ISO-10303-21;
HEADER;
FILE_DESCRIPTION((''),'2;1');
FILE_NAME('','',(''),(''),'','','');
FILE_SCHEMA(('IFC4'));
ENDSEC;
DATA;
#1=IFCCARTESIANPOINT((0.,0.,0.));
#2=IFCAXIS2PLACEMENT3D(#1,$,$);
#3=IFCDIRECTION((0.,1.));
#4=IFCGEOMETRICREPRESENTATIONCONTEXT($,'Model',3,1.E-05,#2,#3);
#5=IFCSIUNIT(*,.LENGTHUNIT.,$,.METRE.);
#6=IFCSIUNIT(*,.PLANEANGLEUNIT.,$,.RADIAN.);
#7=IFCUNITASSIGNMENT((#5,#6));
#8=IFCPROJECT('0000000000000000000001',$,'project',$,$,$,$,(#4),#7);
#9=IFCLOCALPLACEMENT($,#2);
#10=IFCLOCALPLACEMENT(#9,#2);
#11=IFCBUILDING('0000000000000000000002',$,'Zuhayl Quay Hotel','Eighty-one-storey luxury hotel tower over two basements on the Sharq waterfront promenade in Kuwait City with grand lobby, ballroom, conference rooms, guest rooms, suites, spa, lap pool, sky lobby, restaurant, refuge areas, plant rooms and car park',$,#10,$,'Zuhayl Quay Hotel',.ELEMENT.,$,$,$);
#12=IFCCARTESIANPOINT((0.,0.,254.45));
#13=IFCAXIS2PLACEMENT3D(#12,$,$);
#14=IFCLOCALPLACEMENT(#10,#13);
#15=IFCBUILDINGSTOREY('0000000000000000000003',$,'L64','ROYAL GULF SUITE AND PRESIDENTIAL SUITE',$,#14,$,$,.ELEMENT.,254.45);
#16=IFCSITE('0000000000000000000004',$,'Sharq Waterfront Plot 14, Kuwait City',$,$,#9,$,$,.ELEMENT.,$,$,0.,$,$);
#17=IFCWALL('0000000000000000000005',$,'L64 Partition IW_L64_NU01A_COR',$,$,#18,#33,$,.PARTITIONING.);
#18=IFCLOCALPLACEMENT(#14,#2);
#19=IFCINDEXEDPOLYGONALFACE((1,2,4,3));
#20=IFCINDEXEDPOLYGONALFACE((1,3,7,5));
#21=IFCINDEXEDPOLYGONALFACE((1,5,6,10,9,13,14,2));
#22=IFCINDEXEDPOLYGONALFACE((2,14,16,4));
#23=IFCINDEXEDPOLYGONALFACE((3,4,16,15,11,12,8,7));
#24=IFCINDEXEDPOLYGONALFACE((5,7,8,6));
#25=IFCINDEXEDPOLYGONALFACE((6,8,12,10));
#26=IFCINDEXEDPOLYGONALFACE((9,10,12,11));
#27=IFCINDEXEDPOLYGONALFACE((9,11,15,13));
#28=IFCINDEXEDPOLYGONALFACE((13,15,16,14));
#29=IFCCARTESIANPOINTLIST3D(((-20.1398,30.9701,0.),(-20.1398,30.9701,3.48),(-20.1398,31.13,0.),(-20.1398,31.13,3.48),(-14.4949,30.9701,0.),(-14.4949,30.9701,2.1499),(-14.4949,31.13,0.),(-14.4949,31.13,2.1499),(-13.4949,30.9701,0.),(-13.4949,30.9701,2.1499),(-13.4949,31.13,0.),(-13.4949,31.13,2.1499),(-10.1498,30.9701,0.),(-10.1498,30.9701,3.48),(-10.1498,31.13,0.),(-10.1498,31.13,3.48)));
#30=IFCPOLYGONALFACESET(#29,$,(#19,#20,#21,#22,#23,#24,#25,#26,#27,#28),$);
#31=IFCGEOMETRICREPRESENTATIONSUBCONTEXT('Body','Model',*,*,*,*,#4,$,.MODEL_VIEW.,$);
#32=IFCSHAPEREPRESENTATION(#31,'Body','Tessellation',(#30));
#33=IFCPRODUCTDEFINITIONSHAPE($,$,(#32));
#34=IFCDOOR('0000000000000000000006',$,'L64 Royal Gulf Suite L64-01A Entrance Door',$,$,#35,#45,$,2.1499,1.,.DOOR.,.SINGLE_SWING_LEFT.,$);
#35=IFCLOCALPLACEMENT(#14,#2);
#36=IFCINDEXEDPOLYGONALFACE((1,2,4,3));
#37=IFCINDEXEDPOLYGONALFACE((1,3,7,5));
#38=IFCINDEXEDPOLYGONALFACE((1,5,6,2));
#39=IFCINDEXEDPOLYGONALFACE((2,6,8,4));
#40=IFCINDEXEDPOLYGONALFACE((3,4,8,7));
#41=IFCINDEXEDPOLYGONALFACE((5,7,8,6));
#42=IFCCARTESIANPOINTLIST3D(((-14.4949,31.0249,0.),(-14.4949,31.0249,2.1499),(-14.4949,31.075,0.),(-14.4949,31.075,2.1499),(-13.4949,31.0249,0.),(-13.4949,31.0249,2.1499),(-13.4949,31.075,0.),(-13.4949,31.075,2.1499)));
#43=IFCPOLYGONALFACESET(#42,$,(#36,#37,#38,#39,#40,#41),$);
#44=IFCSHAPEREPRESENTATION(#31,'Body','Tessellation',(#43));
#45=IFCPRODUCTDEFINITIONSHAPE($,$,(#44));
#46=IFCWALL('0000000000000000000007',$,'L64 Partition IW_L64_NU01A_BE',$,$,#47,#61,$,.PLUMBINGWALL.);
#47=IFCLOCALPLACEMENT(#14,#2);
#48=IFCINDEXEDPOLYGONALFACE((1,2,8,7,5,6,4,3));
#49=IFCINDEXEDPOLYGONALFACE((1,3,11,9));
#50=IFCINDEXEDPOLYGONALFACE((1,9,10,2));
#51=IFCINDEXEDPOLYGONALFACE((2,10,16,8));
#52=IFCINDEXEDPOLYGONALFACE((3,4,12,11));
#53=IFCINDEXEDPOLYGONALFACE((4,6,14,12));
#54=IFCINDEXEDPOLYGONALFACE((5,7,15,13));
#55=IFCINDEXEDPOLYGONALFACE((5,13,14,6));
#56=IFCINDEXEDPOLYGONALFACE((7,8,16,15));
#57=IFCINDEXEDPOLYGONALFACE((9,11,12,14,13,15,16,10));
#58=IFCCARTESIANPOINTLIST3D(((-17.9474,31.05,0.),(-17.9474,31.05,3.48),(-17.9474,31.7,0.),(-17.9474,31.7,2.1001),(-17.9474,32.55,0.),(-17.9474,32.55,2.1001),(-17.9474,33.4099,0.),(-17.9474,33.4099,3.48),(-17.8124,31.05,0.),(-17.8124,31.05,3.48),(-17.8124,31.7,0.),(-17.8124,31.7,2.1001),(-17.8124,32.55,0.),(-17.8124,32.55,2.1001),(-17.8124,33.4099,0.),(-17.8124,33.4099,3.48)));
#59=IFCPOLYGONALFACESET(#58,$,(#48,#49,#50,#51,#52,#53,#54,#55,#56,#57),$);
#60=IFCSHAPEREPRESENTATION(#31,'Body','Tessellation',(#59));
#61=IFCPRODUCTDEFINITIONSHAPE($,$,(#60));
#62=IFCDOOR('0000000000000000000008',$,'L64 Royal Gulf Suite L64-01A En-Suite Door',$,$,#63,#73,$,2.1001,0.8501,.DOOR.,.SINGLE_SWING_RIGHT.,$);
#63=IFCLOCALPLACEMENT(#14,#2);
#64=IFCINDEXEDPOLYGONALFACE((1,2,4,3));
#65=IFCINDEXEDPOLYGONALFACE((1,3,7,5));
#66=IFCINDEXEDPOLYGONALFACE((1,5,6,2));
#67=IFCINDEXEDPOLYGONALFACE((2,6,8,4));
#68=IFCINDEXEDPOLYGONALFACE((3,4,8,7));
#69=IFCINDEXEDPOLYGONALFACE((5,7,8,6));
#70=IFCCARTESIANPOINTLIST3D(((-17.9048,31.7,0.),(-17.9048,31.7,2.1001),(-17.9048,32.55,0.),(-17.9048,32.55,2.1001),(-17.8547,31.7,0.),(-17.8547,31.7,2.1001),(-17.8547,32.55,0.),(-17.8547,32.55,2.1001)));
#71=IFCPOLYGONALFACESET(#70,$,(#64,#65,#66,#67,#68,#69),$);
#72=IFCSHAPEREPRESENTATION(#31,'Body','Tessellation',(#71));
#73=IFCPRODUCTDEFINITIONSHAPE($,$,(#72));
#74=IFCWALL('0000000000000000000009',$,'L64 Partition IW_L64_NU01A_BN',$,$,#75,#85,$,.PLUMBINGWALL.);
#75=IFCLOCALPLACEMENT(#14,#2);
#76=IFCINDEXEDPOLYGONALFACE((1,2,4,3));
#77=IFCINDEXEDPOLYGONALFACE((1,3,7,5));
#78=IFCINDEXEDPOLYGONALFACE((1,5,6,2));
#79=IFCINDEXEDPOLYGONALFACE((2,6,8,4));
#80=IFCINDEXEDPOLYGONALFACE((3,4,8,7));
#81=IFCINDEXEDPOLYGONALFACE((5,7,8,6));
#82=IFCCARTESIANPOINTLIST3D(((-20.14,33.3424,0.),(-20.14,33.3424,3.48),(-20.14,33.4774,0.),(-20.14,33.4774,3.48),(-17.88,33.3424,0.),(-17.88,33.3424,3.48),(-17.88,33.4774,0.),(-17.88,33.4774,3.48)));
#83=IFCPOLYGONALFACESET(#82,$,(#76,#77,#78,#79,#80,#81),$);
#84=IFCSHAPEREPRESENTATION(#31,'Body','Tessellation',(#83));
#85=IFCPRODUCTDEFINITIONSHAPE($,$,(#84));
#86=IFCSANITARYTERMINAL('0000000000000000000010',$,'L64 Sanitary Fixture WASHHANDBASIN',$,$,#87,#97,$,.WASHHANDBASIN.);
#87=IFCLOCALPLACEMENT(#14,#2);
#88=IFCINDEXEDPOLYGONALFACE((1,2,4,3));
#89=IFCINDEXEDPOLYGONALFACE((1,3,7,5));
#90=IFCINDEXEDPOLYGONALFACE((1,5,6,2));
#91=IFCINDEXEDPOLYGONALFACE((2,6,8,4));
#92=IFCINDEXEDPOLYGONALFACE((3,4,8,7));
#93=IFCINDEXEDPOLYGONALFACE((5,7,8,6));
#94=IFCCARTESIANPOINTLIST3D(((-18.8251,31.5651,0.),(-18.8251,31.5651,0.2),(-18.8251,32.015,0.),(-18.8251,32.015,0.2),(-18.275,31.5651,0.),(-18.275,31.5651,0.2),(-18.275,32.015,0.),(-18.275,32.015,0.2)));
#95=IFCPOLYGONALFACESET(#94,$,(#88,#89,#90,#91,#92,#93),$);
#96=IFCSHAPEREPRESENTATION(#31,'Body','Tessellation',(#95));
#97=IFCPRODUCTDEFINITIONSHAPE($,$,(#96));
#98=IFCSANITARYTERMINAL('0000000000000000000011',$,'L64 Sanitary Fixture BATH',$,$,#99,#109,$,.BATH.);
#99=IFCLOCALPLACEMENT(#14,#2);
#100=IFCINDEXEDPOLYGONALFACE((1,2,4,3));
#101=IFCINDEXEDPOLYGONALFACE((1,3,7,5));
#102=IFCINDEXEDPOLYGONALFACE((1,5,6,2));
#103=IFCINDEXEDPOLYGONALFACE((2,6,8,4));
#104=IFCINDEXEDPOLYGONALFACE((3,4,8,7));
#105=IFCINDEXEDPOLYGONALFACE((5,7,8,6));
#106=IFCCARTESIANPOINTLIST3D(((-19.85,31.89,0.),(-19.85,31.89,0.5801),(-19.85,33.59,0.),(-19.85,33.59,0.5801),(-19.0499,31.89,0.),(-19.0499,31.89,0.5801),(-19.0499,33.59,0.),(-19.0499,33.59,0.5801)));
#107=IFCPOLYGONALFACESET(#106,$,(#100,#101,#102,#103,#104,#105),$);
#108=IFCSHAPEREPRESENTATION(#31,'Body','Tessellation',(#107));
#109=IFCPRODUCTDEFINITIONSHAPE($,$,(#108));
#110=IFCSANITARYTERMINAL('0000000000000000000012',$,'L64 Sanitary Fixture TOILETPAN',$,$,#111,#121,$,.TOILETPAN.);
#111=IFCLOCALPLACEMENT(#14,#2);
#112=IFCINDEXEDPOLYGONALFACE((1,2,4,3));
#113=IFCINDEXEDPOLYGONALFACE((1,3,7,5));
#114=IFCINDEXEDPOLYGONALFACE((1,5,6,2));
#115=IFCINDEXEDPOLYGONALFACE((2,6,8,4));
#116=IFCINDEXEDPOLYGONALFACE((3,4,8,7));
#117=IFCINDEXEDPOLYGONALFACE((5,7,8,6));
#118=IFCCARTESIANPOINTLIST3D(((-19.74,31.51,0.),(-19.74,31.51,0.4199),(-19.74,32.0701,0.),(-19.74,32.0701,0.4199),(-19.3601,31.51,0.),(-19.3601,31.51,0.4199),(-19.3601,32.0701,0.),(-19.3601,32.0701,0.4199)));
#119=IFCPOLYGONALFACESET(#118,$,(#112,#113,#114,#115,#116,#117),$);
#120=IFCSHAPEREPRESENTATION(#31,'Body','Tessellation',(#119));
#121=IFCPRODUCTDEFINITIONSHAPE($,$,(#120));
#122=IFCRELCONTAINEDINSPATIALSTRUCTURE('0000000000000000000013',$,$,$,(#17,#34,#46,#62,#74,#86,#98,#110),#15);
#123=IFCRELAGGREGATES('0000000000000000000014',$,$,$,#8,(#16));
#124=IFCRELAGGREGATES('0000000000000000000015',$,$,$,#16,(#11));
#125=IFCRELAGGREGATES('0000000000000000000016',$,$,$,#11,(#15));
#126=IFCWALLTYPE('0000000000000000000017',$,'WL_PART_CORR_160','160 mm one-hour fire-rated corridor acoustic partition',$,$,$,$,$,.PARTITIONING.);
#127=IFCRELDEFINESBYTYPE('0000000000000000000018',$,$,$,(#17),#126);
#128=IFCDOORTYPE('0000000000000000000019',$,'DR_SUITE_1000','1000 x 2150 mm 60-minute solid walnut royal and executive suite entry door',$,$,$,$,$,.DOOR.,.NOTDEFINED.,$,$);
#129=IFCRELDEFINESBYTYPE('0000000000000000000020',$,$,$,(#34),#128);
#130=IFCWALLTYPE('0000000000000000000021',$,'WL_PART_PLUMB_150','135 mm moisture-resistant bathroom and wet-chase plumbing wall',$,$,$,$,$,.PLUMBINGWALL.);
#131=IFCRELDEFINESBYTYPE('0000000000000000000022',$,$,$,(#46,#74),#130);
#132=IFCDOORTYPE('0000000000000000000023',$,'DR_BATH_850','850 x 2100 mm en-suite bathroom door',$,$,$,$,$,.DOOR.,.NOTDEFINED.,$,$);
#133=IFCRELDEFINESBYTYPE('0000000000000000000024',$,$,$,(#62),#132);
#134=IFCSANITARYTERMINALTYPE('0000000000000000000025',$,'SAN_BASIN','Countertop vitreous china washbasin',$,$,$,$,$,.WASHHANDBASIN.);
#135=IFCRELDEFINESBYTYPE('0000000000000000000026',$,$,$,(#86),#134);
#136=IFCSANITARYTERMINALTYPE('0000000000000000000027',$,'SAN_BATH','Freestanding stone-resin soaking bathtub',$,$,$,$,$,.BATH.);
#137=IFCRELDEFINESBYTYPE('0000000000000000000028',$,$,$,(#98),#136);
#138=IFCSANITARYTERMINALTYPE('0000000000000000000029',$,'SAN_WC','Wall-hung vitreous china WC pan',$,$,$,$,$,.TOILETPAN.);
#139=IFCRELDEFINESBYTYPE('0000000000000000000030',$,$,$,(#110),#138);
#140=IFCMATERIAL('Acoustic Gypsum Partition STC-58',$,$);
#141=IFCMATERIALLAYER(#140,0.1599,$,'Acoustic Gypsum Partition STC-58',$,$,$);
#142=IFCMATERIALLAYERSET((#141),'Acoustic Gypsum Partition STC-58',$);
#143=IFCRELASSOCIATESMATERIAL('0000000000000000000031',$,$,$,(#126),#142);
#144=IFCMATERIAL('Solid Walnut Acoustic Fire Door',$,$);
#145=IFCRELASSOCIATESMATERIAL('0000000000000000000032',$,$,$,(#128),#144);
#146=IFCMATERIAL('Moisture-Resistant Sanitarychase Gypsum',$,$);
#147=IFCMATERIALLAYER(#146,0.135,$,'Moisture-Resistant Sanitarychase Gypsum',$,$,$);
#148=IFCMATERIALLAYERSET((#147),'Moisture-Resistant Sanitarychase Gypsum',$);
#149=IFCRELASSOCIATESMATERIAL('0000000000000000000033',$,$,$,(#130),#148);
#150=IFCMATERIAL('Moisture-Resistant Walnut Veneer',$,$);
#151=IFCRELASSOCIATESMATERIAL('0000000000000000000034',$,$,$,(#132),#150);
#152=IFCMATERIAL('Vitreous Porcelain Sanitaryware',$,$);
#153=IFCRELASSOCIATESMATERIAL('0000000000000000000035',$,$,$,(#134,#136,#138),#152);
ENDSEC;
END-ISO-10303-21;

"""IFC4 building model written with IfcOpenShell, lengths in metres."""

from ifc_helpers import new_model, si_unit, direction, frame, frame_2d, origin, origin_2d, place, context, subcontext, project, spatial, rectangle, extrude, material, layer, layer_set, type_object, element, fill, save


model = new_model("IFC4")

# Units and contexts
model_context = context("Model", 3, precision=1e-05, world=origin(), true_north=direction((0.0, 1.0)))
body_context = subcontext(model_context, "Body", "Model", "MODEL_VIEW")
ifc_project = project(units=[si_unit("LENGTHUNIT", "METRE"), si_unit("PLANEANGLEUNIT", "RADIAN")], contexts=[model_context])

# Site, building, storey
site_placement = place(None, origin())
site = spatial("IfcSite", under=ifc_project, at=site_placement, Name="Sharq Waterfront Plot 14, Kuwait City", CompositionType="ELEMENT", RefElevation=0.0)
building_placement = place(site_placement, origin())
building = spatial("IfcBuilding", under=site, at=building_placement, Name="Zuhayl Quay Hotel", Description="Eighty-one-storey luxury hotel tower over two basements on the Sharq waterfront promenade in Kuwait City with grand lobby, ballroom, conference rooms, guest rooms, suites, spa, lap pool, sky lobby, restaurant, refuge areas, plant rooms and car park", LongName="Zuhayl Quay Hotel", CompositionType="ELEMENT")
storey_placement = place(building_placement, frame((0.0, 0.0, 254.45)))
storey = spatial("IfcBuildingStorey", under=building, at=storey_placement, Name="L64", Description="ROYAL GULF SUITE AND PRESIDENTIAL SUITE", CompositionType="ELEMENT", Elevation=254.45)

# Walls, openings, doors
ifc_material_1 = material(Name="Acoustic Gypsum Partition STC-58")
ifc_layer_1 = layer(ifc_material_1, 0.1599, Name="Acoustic Gypsum Partition STC-58")
ifc_layer_set_1 = layer_set([ifc_layer_1], Name="Acoustic Gypsum Partition STC-58")
wall_type_1 = type_object("IfcWallType", Name="WL_PART_CORR_160", Description="160 mm one-hour fire-rated corridor acoustic partition", PredefinedType="PARTITIONING", material=ifc_layer_set_1)
wall_1_placement = place(storey_placement, frame((-20.1399, 31.05, 0.0), z_axis=(0.0, 0.0, 1.0), x_axis=(1.0, 0.0, 0.0)))
wall_1 = element("IfcWall", 1, at=wall_1_placement, inside=storey, type_object=wall_type_1, Name="L64 Partition IW_L64_NU01A_COR", PredefinedType="PARTITIONING", context=body_context, shape_type="SweptSolid", body=[
    extrude(rectangle(XDim=9.99, YDim=0.1599, at=frame_2d((4.9951, 0.0))), origin(), (0.0, 0.0, 1.0), 3.48),
])
opening_1_placement = place(wall_1_placement, frame((5.645, 0.0, 0.0)))
opening_1 = element("IfcOpeningElement", 2, at=opening_1_placement, cuts=wall_1, PredefinedType="OPENING", context=body_context, shape_type="SweptSolid", body=[
    extrude(rectangle(XDim=1.0, YDim=2.1499, at=frame_2d((0.5, 1.075))), frame((0.0, 0.0898, 0.0), z_axis=(0.0, -1.0, 0.0), x_axis=(1.0, 0.0, 0.0)), (0.0, 0.0, 1.0), 0.1799),
])
ifc_material_2 = material(Name="Solid Walnut Acoustic Fire Door")
door_type_1 = type_object("IfcDoorType", Name="DR_SUITE_1000", Description="1000 x 2150 mm 60-minute solid walnut royal and executive suite entry door", OperationType="NOTDEFINED", PredefinedType="DOOR", material=ifc_material_2)
door_1_placement = place(opening_1_placement, origin())
door_1 = element("IfcDoor", 3, at=door_1_placement, inside=storey, type_object=door_type_1, Name="L64 Royal Gulf Suite L64-01A Entrance Door", OperationType="SINGLE_SWING_LEFT", OverallHeight=2.1499, OverallWidth=1.0, PredefinedType="DOOR", context=body_context, shape_type="SweptSolid", body=[
    extrude(rectangle(XDim=1.0, YDim=2.1499, at=frame_2d((0.5, 1.075))), frame((0.0, 0.0249, 0.0), z_axis=(0.0, -1.0, 0.0), x_axis=(1.0, 0.0, 0.0)), (0.0, 0.0, 1.0), 0.05),
])
fill(opening_1, door_1)
ifc_material_3 = material(Name="Moisture-Resistant Sanitarychase Gypsum")
ifc_layer_2 = layer(ifc_material_3, 0.135, Name="Moisture-Resistant Sanitarychase Gypsum")
ifc_layer_set_2 = layer_set([ifc_layer_2], Name="Moisture-Resistant Sanitarychase Gypsum")
wall_type_2 = type_object("IfcWallType", Name="WL_PART_PLUMB_150", Description="135 mm moisture-resistant bathroom and wet-chase plumbing wall", PredefinedType="PLUMBINGWALL", material=ifc_layer_set_2)
wall_2_placement = place(storey_placement, frame((-17.8799, 31.05, 0.0), z_axis=(0.0, 0.0, 1.0), x_axis=(0.0, 1.0, 0.0)))
wall_2 = element("IfcWall", 4, at=wall_2_placement, inside=storey, type_object=wall_type_2, Name="L64 Partition IW_L64_NU01A_BE", PredefinedType="PLUMBINGWALL", context=body_context, shape_type="SweptSolid", body=[
    extrude(rectangle(XDim=2.3599, YDim=0.135, at=frame_2d((1.1799, 0.0))), origin(), (0.0, 0.0, 1.0), 3.48),
])
opening_2_placement = place(wall_2_placement, frame((0.6499, 0.0, 0.0)))
opening_2 = element("IfcOpeningElement", 5, at=opening_2_placement, cuts=wall_2, PredefinedType="OPENING", context=body_context, shape_type="SweptSolid", body=[
    extrude(rectangle(XDim=0.8501, YDim=2.1001, at=frame_2d((0.425, 1.05))), frame((0.0, 0.0774, 0.0), z_axis=(0.0, -1.0, 0.0), x_axis=(1.0, 0.0, 0.0)), (0.0, 0.0, 1.0), 0.155),
])
ifc_material_4 = material(Name="Moisture-Resistant Walnut Veneer")
door_type_2 = type_object("IfcDoorType", Name="DR_BATH_850", Description="850 x 2100 mm en-suite bathroom door", OperationType="NOTDEFINED", PredefinedType="DOOR", material=ifc_material_4)
door_2_placement = place(opening_2_placement, origin())
door_2 = element("IfcDoor", 6, at=door_2_placement, inside=storey, type_object=door_type_2, Name="L64 Royal Gulf Suite L64-01A En-Suite Door", OperationType="SINGLE_SWING_RIGHT", OverallHeight=2.1001, OverallWidth=0.8501, PredefinedType="DOOR", context=body_context, shape_type="SweptSolid", body=[
    extrude(rectangle(XDim=0.8501, YDim=2.1001, at=frame_2d((0.425, 1.05))), frame((0.0, 0.0249, 0.0), z_axis=(0.0, -1.0, 0.0), x_axis=(1.0, 0.0, 0.0)), (0.0, 0.0, 1.0), 0.05),
])
fill(opening_2, door_2)

# Wall
wall_3_placement = place(storey_placement, frame((-20.1399, 33.4099, 0.0), z_axis=(0.0, 0.0, 1.0), x_axis=(1.0, 0.0, 0.0)))
element("IfcWall", 7, at=wall_3_placement, inside=storey, type_object=wall_type_2, Name="L64 Partition IW_L64_NU01A_BN", PredefinedType="PLUMBINGWALL", context=body_context, shape_type="SweptSolid", body=[
    extrude(rectangle(XDim=2.26, YDim=0.135, at=frame_2d((1.1299, 0.0))), origin(), (0.0, 0.0, 1.0), 3.48),
])

# Sanitary terminals
ifc_material_5 = material(Name="Vitreous Porcelain Sanitaryware")
sanitary_terminal_type_1 = type_object("IfcSanitaryTerminalType", Name="SAN_BASIN", Description="Countertop vitreous china washbasin", PredefinedType="WASHHANDBASIN", material=ifc_material_5)
sanitary_terminal_1_placement = place(storey_placement, frame((-18.55, 31.79, 0.0), z_axis=(0.0, 0.0, 1.0), x_axis=(1.0, 0.0, 0.0)))
element("IfcSanitaryTerminal", 8, at=sanitary_terminal_1_placement, inside=storey, type_object=sanitary_terminal_type_1, Name="L64 Sanitary Fixture WASHHANDBASIN", PredefinedType="WASHHANDBASIN", context=body_context, shape_type="SweptSolid", body=[
    extrude(rectangle(XDim=0.55, YDim=0.45, at=origin_2d()), origin(), (0.0, 0.0, 1.0), 0.2),
])
sanitary_terminal_type_2 = type_object("IfcSanitaryTerminalType", Name="SAN_BATH", Description="Freestanding stone-resin soaking bathtub", PredefinedType="BATH", material=ifc_material_5)
sanitary_terminal_2_placement = place(storey_placement, frame((-19.45, 32.74, 0.0), z_axis=(0.0, 0.0, 1.0), x_axis=(1.0, 0.0, 0.0)))
element("IfcSanitaryTerminal", 9, at=sanitary_terminal_2_placement, inside=storey, type_object=sanitary_terminal_type_2, Name="L64 Sanitary Fixture BATH", PredefinedType="BATH", context=body_context, shape_type="SweptSolid", body=[
    extrude(rectangle(XDim=0.8, YDim=1.7, at=origin_2d()), origin(), (0.0, 0.0, 1.0), 0.5801),
])
sanitary_terminal_type_3 = type_object("IfcSanitaryTerminalType", Name="SAN_WC", Description="Wall-hung vitreous china WC pan", PredefinedType="TOILETPAN", material=ifc_material_5)
sanitary_terminal_3_placement = place(storey_placement, frame((-19.55, 31.79, 0.0), z_axis=(0.0, 0.0, 1.0), x_axis=(1.0, 0.0, 0.0)))
element("IfcSanitaryTerminal", 10, at=sanitary_terminal_3_placement, inside=storey, type_object=sanitary_terminal_type_3, Name="L64 Sanitary Fixture TOILETPAN", PredefinedType="TOILETPAN", context=body_context, shape_type="SweptSolid", body=[
    extrude(rectangle(XDim=0.3799, YDim=0.5601, at=origin_2d()), origin(), (0.0, 0.0, 1.0), 0.4199),
])

save(model, "model.ifc")
